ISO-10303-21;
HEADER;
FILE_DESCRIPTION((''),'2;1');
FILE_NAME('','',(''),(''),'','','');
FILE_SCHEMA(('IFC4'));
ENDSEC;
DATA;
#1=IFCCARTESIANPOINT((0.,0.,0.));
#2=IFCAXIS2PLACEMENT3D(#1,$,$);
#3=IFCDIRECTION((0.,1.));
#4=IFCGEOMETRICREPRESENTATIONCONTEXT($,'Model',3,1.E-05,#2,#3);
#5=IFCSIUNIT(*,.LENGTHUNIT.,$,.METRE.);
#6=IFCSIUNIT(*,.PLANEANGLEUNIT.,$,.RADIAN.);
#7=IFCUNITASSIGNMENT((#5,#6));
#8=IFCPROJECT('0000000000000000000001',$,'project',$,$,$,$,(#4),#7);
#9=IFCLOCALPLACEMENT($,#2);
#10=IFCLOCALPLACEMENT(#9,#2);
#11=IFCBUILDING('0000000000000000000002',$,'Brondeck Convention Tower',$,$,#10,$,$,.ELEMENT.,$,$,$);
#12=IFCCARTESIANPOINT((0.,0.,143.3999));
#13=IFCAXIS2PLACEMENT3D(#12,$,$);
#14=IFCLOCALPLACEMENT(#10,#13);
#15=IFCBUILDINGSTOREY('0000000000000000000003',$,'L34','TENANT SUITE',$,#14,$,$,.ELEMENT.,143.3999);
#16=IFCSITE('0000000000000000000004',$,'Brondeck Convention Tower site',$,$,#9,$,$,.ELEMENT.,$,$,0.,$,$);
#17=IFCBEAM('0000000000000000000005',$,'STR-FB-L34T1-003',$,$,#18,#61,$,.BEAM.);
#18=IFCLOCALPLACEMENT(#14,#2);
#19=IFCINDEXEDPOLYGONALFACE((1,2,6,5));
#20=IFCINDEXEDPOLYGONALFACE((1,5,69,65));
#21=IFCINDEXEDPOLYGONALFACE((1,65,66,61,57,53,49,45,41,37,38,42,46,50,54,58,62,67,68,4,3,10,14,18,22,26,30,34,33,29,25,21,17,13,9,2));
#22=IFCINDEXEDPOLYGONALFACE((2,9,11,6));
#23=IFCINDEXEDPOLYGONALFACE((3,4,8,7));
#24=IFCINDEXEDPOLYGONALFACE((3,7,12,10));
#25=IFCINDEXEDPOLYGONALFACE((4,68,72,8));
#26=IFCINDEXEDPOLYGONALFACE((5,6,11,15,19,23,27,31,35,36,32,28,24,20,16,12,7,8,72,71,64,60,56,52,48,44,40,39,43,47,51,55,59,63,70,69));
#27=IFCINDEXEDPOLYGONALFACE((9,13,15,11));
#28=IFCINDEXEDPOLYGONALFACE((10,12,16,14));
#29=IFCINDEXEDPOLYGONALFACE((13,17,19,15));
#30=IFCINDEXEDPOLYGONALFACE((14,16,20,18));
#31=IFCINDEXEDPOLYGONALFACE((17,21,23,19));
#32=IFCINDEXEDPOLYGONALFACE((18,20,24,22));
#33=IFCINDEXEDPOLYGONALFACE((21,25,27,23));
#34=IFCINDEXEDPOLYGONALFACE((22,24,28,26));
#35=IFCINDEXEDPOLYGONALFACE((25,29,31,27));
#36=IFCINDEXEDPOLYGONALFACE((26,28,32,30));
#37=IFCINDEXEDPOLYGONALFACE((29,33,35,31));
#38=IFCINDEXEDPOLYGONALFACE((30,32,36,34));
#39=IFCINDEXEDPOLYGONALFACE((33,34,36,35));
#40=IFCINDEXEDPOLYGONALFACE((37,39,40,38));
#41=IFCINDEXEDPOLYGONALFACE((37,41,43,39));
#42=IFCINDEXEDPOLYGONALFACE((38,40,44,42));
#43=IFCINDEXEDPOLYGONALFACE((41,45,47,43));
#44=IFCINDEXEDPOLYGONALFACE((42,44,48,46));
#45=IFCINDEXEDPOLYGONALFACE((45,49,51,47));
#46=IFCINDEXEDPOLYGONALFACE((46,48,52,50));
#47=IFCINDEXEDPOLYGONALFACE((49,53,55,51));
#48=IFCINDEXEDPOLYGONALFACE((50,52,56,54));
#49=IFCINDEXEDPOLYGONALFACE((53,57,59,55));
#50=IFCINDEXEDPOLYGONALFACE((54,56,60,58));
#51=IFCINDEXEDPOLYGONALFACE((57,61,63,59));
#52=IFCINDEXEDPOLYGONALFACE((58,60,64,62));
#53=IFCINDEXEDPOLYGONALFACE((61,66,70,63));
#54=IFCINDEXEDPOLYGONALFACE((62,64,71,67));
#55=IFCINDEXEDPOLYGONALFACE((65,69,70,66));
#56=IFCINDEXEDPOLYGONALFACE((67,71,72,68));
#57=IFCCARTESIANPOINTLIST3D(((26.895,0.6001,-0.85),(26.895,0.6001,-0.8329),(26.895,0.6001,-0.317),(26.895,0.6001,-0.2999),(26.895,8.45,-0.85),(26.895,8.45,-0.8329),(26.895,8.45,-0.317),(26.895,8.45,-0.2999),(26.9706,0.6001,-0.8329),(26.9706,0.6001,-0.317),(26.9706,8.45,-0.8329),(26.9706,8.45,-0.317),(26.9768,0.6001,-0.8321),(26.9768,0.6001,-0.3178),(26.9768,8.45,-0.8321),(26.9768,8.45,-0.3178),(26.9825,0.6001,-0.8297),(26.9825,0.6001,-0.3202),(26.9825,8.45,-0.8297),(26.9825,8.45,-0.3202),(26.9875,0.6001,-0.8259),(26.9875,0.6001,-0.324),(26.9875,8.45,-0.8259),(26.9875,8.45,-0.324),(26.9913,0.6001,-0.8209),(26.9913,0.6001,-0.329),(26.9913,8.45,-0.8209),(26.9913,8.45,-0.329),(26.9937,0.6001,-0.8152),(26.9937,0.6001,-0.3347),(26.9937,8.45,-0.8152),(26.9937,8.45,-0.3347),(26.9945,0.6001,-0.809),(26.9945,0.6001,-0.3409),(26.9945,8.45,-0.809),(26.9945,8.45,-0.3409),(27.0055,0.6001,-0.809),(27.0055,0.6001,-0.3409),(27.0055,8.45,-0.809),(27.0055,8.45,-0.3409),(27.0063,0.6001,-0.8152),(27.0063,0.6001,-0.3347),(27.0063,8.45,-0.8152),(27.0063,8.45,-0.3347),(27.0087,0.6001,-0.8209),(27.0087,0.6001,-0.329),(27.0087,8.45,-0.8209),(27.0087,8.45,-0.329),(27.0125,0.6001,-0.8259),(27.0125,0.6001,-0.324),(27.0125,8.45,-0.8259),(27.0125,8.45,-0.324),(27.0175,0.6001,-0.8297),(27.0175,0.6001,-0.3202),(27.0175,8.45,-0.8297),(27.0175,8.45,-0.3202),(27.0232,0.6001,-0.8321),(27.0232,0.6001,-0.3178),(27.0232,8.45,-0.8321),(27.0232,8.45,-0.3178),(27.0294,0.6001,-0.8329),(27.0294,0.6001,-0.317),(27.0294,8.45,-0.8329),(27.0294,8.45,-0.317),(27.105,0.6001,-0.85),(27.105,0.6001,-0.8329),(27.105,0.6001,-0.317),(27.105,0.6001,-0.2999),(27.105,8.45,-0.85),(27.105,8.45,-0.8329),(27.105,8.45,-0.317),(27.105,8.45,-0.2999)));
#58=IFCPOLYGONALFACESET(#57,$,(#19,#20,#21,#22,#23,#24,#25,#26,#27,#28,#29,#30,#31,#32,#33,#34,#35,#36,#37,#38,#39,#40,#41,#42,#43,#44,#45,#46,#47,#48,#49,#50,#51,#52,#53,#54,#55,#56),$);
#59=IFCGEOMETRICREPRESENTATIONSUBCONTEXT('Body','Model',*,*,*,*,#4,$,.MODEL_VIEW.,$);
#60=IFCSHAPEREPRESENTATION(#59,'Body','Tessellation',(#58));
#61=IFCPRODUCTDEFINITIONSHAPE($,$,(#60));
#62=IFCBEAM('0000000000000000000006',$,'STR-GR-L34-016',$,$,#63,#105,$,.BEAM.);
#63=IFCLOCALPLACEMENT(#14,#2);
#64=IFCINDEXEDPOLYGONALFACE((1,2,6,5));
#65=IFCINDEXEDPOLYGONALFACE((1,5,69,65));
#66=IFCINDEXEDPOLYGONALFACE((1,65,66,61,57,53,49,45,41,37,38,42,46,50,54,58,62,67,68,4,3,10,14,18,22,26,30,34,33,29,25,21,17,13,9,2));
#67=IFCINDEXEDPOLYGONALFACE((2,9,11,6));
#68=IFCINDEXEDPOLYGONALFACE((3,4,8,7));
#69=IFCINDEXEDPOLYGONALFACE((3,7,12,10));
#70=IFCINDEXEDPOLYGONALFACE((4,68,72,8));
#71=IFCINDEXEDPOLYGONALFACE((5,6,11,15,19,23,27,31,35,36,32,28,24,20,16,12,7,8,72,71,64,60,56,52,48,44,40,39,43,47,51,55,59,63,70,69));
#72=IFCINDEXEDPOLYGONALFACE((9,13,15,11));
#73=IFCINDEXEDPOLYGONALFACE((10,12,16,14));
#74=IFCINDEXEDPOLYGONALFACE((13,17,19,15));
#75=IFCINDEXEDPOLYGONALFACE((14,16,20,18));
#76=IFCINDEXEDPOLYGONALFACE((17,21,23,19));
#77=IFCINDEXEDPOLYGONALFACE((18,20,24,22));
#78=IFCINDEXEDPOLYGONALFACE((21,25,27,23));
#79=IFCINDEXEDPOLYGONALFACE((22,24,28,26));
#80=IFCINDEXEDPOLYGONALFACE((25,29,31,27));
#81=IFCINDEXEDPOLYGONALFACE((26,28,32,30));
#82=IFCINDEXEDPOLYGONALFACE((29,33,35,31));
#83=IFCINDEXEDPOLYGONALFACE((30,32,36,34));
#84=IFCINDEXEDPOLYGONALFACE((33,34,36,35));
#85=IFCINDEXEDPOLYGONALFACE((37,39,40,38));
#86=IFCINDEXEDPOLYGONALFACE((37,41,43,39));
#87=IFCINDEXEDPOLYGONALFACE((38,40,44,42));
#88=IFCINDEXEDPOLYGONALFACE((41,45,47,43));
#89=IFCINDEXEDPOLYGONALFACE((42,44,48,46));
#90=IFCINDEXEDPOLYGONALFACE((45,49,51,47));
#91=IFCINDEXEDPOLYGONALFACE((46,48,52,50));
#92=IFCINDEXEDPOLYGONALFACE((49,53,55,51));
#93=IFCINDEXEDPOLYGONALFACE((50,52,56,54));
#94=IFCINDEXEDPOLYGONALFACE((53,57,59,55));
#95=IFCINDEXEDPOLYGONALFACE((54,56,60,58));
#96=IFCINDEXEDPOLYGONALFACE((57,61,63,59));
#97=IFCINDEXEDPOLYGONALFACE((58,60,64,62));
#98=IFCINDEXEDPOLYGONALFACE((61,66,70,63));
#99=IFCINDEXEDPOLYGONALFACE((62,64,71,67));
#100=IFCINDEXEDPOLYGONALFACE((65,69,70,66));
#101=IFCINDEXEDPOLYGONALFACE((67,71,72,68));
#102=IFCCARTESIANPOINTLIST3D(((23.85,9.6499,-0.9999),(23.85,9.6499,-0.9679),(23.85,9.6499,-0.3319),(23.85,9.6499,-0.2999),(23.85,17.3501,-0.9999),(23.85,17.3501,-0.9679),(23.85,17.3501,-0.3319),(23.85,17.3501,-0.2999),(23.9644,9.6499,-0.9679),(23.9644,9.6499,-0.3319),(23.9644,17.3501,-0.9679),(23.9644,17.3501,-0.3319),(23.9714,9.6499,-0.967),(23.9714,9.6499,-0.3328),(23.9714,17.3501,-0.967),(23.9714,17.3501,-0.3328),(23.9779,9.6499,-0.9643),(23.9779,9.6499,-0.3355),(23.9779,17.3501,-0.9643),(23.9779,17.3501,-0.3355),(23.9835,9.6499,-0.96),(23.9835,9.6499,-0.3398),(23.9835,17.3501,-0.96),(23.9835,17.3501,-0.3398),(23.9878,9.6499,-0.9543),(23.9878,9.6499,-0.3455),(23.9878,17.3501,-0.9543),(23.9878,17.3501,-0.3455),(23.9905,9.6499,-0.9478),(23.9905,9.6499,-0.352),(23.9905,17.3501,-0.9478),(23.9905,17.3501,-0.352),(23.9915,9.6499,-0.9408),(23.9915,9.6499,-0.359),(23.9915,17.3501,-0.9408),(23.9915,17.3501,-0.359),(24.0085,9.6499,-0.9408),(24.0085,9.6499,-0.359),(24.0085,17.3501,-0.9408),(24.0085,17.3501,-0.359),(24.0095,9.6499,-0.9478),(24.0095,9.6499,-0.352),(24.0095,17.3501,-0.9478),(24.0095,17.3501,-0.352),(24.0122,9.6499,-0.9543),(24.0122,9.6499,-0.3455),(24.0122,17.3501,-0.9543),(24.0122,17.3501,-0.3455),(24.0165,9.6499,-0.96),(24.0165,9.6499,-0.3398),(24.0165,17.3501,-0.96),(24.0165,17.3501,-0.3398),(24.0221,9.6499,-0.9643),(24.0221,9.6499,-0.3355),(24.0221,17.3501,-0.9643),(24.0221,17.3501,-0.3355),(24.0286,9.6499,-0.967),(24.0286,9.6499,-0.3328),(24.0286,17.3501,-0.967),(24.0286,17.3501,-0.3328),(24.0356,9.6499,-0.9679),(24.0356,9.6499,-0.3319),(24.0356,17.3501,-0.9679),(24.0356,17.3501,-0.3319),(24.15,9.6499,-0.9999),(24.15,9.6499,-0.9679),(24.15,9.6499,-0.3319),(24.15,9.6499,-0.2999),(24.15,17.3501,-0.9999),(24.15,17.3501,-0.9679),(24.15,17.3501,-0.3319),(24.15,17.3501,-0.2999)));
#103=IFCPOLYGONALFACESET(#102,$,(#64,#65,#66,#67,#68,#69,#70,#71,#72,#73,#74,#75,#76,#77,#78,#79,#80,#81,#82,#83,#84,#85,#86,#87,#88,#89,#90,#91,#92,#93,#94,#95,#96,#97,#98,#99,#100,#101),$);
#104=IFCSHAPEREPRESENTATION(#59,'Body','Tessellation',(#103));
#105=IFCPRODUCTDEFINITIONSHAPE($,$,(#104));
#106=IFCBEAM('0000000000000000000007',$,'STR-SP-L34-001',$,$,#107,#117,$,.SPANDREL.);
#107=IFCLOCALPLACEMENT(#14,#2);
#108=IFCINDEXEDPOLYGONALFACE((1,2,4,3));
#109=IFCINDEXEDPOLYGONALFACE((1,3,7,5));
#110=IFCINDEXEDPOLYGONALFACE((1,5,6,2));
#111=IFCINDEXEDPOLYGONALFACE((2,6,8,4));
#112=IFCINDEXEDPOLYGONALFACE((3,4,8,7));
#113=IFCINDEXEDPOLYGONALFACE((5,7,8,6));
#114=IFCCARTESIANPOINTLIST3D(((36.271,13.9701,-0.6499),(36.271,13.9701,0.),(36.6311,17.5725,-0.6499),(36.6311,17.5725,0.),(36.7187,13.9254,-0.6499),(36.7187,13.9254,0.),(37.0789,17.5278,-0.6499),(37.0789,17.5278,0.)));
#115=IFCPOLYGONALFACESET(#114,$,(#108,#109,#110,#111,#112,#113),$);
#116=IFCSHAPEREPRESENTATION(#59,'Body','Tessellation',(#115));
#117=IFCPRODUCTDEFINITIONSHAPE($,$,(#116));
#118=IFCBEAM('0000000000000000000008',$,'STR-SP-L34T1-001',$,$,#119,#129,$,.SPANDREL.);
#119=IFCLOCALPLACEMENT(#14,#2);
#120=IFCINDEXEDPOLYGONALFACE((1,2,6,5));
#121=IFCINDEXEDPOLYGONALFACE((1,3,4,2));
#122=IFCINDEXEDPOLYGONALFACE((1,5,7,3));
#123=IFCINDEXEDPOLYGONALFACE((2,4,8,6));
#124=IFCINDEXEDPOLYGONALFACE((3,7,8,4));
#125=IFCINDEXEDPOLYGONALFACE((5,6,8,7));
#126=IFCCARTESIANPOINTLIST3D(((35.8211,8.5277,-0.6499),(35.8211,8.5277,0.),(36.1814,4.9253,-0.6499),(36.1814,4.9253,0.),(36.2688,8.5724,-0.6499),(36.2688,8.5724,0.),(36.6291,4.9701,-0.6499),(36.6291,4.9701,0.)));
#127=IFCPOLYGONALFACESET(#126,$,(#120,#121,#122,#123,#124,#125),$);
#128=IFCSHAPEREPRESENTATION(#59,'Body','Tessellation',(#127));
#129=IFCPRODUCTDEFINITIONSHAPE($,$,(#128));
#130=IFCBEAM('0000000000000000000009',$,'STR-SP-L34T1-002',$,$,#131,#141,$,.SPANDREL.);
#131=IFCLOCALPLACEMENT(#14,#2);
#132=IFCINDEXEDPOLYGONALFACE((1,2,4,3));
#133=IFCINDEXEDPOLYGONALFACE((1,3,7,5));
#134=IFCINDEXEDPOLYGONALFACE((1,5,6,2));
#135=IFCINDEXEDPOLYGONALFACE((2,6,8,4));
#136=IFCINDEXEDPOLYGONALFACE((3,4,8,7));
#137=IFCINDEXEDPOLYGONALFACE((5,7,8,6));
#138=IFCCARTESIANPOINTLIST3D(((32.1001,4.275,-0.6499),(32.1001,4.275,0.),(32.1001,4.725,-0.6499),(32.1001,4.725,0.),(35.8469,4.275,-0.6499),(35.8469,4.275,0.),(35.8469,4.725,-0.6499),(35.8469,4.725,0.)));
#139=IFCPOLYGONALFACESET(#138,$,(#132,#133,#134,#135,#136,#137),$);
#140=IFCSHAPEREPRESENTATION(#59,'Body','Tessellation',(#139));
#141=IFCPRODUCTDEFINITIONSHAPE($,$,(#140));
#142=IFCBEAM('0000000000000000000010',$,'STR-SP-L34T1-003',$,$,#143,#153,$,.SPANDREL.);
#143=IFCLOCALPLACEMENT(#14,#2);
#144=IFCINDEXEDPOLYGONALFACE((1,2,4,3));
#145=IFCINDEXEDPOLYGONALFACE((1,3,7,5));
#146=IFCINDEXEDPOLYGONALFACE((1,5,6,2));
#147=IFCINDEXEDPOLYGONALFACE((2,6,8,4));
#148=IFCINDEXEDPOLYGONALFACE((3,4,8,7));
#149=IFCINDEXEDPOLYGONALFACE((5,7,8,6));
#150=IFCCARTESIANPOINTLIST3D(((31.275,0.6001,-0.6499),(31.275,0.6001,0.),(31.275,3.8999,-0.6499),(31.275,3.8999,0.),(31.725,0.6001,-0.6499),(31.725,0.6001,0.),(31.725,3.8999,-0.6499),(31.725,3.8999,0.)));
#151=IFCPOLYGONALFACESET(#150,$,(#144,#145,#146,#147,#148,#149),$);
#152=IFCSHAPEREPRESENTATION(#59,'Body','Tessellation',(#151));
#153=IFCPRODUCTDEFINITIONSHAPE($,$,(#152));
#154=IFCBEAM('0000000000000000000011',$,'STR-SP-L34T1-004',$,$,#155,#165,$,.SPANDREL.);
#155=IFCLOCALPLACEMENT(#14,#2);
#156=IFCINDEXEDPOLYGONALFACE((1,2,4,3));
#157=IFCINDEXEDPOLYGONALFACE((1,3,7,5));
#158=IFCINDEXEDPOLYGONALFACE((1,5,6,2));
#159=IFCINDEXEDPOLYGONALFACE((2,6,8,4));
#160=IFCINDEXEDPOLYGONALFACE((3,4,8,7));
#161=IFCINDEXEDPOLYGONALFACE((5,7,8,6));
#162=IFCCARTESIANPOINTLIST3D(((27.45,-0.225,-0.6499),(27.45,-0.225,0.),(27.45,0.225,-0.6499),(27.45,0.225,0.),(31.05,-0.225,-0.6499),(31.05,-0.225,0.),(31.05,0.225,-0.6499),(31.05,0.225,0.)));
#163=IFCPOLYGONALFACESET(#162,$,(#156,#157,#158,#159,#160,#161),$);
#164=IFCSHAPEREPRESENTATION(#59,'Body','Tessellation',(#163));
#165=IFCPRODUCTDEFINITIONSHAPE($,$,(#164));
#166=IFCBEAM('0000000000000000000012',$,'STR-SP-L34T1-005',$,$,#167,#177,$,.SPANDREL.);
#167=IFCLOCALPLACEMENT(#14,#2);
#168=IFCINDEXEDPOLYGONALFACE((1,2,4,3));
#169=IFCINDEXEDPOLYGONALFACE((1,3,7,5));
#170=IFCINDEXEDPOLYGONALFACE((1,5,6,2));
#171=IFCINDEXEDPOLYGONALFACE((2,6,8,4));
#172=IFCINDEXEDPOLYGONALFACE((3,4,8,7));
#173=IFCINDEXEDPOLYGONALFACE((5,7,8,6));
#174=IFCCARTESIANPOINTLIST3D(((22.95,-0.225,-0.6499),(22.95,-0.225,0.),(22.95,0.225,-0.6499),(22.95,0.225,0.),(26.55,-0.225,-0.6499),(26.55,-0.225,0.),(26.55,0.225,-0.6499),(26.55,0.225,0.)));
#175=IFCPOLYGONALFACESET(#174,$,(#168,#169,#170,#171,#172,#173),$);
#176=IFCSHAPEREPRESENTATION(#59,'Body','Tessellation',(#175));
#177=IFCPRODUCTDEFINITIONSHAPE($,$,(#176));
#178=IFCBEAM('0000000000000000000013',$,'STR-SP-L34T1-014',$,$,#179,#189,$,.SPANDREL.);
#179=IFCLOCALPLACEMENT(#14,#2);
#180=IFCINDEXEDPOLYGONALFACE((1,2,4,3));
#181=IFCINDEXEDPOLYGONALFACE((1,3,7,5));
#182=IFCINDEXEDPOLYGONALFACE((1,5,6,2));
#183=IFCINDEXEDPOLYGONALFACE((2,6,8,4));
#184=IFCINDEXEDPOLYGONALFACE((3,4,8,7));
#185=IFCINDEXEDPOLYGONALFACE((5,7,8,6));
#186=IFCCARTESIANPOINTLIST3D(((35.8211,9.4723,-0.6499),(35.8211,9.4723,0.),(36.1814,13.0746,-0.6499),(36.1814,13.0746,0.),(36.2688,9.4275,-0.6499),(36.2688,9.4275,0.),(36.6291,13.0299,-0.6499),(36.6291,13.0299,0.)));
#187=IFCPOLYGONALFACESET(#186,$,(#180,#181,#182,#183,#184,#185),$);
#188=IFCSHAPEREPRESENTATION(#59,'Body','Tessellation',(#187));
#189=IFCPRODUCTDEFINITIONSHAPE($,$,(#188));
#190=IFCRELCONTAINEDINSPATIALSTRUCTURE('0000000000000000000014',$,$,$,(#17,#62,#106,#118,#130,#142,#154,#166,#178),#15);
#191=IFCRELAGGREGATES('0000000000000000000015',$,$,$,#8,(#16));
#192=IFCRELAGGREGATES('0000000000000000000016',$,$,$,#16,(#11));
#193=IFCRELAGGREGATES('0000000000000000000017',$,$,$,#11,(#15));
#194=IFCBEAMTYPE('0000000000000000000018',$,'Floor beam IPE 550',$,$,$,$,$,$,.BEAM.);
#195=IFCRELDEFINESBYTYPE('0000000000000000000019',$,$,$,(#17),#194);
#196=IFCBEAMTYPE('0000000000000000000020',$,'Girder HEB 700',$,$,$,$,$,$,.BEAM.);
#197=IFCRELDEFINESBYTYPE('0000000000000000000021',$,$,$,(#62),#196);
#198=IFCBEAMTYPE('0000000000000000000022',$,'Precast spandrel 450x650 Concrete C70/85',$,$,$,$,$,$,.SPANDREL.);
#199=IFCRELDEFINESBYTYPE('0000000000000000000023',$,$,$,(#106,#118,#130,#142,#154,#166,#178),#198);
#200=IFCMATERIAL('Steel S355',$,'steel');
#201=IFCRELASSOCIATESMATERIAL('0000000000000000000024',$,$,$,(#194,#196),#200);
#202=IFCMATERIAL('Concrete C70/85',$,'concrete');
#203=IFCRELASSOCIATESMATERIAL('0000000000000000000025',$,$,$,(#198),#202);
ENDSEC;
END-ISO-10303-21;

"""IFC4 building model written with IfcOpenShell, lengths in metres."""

from ifc_helpers import new_model, si_unit, direction, frame, origin, origin_2d, place, context, subcontext, project, spatial, rectangle, i_section, extrude, material, material_profile, profile_set, type_object, element, save


model = new_model("IFC4")

# Units and contexts
model_context = context("Model", 3, precision=1e-05, world=origin(), true_north=direction((0.0, 1.0)))
body_context = subcontext(model_context, "Body", "Model", "MODEL_VIEW")
ifc_project = project(units=[si_unit("LENGTHUNIT", "METRE"), si_unit("PLANEANGLEUNIT", "RADIAN")], contexts=[model_context])

# Site, building, storey
site_placement = place(None, origin())
site = spatial("IfcSite", under=ifc_project, at=site_placement, Name="Brondeck Convention Tower site", CompositionType="ELEMENT", RefElevation=0.0)
building_placement = place(site_placement, origin())
building = spatial("IfcBuilding", under=site, at=building_placement, Name="Brondeck Convention Tower", CompositionType="ELEMENT")
storey_placement = place(building_placement, frame((0.0, 0.0, 143.3999)))
storey = spatial("IfcBuildingStorey", under=building, at=storey_placement, Name="L34", Description="TENANT SUITE", CompositionType="ELEMENT", Elevation=143.3999)

# Shared definitions
ifc_material_1 = material(Name="Concrete C70/85", Category="concrete")

# Beams
ifc_material_2 = material(Name="Steel S355", Category="steel")
ifc_material_profile_1 = material_profile(ifc_material_2, i_section(OverallWidth=0.21, OverallDepth=0.55, WebThickness=0.011, FlangeThickness=0.0171, FilletRadius=0.0239, at=origin_2d()), Name="IPE 550")
ifc_profile_set_1 = profile_set([ifc_material_profile_1], Name="Steel S355")
beam_type_1 = type_object("IfcBeamType", Name="Floor beam IPE 550", PredefinedType="BEAM", material=ifc_profile_set_1)
beam_1_placement = place(storey_placement, frame((27.0, 0.6001, -0.575), z_axis=(0.0, 1.0, 0.0), x_axis=(-1.0, 0.0, 0.0)))
element("IfcBeam", 1, at=beam_1_placement, inside=storey, type_object=beam_type_1, Name="STR-FB-L34T1-003", PredefinedType="BEAM", context=body_context, shape_type="SweptSolid", body=[
    extrude(i_section(OverallWidth=0.21, OverallDepth=0.55, WebThickness=0.011, FlangeThickness=0.0171, FilletRadius=0.0239, at=origin_2d()), origin(), (0.0, 0.0, 1.0), 7.8499),
])
ifc_material_profile_2 = material_profile(ifc_material_2, i_section(OverallWidth=0.3, OverallDepth=0.7, WebThickness=0.0171, FlangeThickness=0.032, FilletRadius=0.0271, at=origin_2d()), Name="HEB 700")
ifc_profile_set_2 = profile_set([ifc_material_profile_2], Name="Steel S355")
beam_type_2 = type_object("IfcBeamType", Name="Girder HEB 700", PredefinedType="BEAM", material=ifc_profile_set_2)
beam_2_placement = place(storey_placement, frame((24.0, 17.3501, -0.6499), z_axis=(0.0, -1.0, 0.0), x_axis=(1.0, 0.0, 0.0)))
element("IfcBeam", 2, at=beam_2_placement, inside=storey, type_object=beam_type_2, Name="STR-GR-L34-016", PredefinedType="BEAM", context=body_context, shape_type="SweptSolid", body=[
    extrude(i_section(OverallWidth=0.3, OverallDepth=0.7, WebThickness=0.0171, FlangeThickness=0.032, FilletRadius=0.0271, at=origin_2d()), origin(), (0.0, 0.0, 1.0), 7.7002),
])
ifc_material_profile_3 = material_profile(ifc_material_1, rectangle(XDim=0.45, YDim=0.6499, at=origin_2d()), Name="Precast spandrel 450x650 Concrete C70/85")
ifc_profile_set_3 = profile_set([ifc_material_profile_3], Name="Concrete C70/85")
beam_type_3 = type_object("IfcBeamType", Name="Precast spandrel 450x650 Concrete C70/85", PredefinedType="SPANDREL", material=ifc_profile_set_3)
for number, where, z_axis, x_axis, name in (
    (3, (36.4949, 13.9478, -0.325), (0.09947, 0.995041, 0.0), (-0.995041, 0.09947, 0.0), "STR-SP-L34-001"),
    (4, (36.0449, 8.55, -0.325), (0.099537, -0.995034, 0.0), (0.995034, 0.099537, 0.0), "STR-SP-L34T1-001"),
):
    element("IfcBeam", number, at=place(storey_placement, frame(where, z_axis=z_axis, x_axis=x_axis)), inside=storey, type_object=beam_type_3, Name=name, PredefinedType="SPANDREL", context=body_context, shape_type="SweptSolid", body=[
        extrude(rectangle(XDim=0.45, YDim=0.6499, at=origin_2d()), origin(), (0.0, 0.0, 1.0), 3.6204),
    ])
beam_3_placement = place(storey_placement, frame((35.8469, 4.5, -0.325), z_axis=(-1.0, 0.0, 0.0), x_axis=(0.0, -1.0, 0.0)))
element("IfcBeam", 5, at=beam_3_placement, inside=storey, type_object=beam_type_3, Name="STR-SP-L34T1-002", PredefinedType="SPANDREL", context=body_context, shape_type="SweptSolid", body=[
    extrude(rectangle(XDim=0.45, YDim=0.6499, at=origin_2d()), origin(), (0.0, 0.0, 1.0), 3.7468),
])
beam_4_placement = place(storey_placement, frame((31.5, 3.8999, -0.325), z_axis=(0.0, -1.0, 0.0), x_axis=(1.0, 0.0, 0.0)))
element("IfcBeam", 6, at=beam_4_placement, inside=storey, type_object=beam_type_3, Name="STR-SP-L34T1-003", PredefinedType="SPANDREL", context=body_context, shape_type="SweptSolid", body=[
    extrude(rectangle(XDim=0.45, YDim=0.6499, at=origin_2d()), origin(), (0.0, 0.0, 1.0), 3.2998),
])
for number, where, z_axis, x_axis, name in (
    (7, (31.05, 0.0, -0.325), (-1.0, 0.0, 0.0), (0.0, -1.0, 0.0), "STR-SP-L34T1-004"),
    (8, (26.55, 0.0, -0.325), (-1.0, 0.0, 0.0), (0.0, -1.0, 0.0), "STR-SP-L34T1-005"),
):
    element("IfcBeam", number, at=place(storey_placement, frame(where, z_axis=z_axis, x_axis=x_axis)), inside=storey, type_object=beam_type_3, Name=name, PredefinedType="SPANDREL", context=body_context, shape_type="SweptSolid", body=[
        extrude(rectangle(XDim=0.45, YDim=0.6499, at=origin_2d()), origin(), (0.0, 0.0, 1.0), 3.6001),
    ])
beam_5_placement = place(storey_placement, frame((36.4053, 13.0522, -0.325), z_axis=(-0.099537, -0.995034, 0.0), x_axis=(0.995034, -0.099537, 0.0)))
element("IfcBeam", 9, at=beam_5_placement, inside=storey, type_object=beam_type_3, Name="STR-SP-L34T1-014", PredefinedType="SPANDREL", context=body_context, shape_type="SweptSolid", body=[
    extrude(rectangle(XDim=0.45, YDim=0.6499, at=origin_2d()), origin(), (0.0, 0.0, 1.0), 3.6204),
])

save(model, "model.ifc")
